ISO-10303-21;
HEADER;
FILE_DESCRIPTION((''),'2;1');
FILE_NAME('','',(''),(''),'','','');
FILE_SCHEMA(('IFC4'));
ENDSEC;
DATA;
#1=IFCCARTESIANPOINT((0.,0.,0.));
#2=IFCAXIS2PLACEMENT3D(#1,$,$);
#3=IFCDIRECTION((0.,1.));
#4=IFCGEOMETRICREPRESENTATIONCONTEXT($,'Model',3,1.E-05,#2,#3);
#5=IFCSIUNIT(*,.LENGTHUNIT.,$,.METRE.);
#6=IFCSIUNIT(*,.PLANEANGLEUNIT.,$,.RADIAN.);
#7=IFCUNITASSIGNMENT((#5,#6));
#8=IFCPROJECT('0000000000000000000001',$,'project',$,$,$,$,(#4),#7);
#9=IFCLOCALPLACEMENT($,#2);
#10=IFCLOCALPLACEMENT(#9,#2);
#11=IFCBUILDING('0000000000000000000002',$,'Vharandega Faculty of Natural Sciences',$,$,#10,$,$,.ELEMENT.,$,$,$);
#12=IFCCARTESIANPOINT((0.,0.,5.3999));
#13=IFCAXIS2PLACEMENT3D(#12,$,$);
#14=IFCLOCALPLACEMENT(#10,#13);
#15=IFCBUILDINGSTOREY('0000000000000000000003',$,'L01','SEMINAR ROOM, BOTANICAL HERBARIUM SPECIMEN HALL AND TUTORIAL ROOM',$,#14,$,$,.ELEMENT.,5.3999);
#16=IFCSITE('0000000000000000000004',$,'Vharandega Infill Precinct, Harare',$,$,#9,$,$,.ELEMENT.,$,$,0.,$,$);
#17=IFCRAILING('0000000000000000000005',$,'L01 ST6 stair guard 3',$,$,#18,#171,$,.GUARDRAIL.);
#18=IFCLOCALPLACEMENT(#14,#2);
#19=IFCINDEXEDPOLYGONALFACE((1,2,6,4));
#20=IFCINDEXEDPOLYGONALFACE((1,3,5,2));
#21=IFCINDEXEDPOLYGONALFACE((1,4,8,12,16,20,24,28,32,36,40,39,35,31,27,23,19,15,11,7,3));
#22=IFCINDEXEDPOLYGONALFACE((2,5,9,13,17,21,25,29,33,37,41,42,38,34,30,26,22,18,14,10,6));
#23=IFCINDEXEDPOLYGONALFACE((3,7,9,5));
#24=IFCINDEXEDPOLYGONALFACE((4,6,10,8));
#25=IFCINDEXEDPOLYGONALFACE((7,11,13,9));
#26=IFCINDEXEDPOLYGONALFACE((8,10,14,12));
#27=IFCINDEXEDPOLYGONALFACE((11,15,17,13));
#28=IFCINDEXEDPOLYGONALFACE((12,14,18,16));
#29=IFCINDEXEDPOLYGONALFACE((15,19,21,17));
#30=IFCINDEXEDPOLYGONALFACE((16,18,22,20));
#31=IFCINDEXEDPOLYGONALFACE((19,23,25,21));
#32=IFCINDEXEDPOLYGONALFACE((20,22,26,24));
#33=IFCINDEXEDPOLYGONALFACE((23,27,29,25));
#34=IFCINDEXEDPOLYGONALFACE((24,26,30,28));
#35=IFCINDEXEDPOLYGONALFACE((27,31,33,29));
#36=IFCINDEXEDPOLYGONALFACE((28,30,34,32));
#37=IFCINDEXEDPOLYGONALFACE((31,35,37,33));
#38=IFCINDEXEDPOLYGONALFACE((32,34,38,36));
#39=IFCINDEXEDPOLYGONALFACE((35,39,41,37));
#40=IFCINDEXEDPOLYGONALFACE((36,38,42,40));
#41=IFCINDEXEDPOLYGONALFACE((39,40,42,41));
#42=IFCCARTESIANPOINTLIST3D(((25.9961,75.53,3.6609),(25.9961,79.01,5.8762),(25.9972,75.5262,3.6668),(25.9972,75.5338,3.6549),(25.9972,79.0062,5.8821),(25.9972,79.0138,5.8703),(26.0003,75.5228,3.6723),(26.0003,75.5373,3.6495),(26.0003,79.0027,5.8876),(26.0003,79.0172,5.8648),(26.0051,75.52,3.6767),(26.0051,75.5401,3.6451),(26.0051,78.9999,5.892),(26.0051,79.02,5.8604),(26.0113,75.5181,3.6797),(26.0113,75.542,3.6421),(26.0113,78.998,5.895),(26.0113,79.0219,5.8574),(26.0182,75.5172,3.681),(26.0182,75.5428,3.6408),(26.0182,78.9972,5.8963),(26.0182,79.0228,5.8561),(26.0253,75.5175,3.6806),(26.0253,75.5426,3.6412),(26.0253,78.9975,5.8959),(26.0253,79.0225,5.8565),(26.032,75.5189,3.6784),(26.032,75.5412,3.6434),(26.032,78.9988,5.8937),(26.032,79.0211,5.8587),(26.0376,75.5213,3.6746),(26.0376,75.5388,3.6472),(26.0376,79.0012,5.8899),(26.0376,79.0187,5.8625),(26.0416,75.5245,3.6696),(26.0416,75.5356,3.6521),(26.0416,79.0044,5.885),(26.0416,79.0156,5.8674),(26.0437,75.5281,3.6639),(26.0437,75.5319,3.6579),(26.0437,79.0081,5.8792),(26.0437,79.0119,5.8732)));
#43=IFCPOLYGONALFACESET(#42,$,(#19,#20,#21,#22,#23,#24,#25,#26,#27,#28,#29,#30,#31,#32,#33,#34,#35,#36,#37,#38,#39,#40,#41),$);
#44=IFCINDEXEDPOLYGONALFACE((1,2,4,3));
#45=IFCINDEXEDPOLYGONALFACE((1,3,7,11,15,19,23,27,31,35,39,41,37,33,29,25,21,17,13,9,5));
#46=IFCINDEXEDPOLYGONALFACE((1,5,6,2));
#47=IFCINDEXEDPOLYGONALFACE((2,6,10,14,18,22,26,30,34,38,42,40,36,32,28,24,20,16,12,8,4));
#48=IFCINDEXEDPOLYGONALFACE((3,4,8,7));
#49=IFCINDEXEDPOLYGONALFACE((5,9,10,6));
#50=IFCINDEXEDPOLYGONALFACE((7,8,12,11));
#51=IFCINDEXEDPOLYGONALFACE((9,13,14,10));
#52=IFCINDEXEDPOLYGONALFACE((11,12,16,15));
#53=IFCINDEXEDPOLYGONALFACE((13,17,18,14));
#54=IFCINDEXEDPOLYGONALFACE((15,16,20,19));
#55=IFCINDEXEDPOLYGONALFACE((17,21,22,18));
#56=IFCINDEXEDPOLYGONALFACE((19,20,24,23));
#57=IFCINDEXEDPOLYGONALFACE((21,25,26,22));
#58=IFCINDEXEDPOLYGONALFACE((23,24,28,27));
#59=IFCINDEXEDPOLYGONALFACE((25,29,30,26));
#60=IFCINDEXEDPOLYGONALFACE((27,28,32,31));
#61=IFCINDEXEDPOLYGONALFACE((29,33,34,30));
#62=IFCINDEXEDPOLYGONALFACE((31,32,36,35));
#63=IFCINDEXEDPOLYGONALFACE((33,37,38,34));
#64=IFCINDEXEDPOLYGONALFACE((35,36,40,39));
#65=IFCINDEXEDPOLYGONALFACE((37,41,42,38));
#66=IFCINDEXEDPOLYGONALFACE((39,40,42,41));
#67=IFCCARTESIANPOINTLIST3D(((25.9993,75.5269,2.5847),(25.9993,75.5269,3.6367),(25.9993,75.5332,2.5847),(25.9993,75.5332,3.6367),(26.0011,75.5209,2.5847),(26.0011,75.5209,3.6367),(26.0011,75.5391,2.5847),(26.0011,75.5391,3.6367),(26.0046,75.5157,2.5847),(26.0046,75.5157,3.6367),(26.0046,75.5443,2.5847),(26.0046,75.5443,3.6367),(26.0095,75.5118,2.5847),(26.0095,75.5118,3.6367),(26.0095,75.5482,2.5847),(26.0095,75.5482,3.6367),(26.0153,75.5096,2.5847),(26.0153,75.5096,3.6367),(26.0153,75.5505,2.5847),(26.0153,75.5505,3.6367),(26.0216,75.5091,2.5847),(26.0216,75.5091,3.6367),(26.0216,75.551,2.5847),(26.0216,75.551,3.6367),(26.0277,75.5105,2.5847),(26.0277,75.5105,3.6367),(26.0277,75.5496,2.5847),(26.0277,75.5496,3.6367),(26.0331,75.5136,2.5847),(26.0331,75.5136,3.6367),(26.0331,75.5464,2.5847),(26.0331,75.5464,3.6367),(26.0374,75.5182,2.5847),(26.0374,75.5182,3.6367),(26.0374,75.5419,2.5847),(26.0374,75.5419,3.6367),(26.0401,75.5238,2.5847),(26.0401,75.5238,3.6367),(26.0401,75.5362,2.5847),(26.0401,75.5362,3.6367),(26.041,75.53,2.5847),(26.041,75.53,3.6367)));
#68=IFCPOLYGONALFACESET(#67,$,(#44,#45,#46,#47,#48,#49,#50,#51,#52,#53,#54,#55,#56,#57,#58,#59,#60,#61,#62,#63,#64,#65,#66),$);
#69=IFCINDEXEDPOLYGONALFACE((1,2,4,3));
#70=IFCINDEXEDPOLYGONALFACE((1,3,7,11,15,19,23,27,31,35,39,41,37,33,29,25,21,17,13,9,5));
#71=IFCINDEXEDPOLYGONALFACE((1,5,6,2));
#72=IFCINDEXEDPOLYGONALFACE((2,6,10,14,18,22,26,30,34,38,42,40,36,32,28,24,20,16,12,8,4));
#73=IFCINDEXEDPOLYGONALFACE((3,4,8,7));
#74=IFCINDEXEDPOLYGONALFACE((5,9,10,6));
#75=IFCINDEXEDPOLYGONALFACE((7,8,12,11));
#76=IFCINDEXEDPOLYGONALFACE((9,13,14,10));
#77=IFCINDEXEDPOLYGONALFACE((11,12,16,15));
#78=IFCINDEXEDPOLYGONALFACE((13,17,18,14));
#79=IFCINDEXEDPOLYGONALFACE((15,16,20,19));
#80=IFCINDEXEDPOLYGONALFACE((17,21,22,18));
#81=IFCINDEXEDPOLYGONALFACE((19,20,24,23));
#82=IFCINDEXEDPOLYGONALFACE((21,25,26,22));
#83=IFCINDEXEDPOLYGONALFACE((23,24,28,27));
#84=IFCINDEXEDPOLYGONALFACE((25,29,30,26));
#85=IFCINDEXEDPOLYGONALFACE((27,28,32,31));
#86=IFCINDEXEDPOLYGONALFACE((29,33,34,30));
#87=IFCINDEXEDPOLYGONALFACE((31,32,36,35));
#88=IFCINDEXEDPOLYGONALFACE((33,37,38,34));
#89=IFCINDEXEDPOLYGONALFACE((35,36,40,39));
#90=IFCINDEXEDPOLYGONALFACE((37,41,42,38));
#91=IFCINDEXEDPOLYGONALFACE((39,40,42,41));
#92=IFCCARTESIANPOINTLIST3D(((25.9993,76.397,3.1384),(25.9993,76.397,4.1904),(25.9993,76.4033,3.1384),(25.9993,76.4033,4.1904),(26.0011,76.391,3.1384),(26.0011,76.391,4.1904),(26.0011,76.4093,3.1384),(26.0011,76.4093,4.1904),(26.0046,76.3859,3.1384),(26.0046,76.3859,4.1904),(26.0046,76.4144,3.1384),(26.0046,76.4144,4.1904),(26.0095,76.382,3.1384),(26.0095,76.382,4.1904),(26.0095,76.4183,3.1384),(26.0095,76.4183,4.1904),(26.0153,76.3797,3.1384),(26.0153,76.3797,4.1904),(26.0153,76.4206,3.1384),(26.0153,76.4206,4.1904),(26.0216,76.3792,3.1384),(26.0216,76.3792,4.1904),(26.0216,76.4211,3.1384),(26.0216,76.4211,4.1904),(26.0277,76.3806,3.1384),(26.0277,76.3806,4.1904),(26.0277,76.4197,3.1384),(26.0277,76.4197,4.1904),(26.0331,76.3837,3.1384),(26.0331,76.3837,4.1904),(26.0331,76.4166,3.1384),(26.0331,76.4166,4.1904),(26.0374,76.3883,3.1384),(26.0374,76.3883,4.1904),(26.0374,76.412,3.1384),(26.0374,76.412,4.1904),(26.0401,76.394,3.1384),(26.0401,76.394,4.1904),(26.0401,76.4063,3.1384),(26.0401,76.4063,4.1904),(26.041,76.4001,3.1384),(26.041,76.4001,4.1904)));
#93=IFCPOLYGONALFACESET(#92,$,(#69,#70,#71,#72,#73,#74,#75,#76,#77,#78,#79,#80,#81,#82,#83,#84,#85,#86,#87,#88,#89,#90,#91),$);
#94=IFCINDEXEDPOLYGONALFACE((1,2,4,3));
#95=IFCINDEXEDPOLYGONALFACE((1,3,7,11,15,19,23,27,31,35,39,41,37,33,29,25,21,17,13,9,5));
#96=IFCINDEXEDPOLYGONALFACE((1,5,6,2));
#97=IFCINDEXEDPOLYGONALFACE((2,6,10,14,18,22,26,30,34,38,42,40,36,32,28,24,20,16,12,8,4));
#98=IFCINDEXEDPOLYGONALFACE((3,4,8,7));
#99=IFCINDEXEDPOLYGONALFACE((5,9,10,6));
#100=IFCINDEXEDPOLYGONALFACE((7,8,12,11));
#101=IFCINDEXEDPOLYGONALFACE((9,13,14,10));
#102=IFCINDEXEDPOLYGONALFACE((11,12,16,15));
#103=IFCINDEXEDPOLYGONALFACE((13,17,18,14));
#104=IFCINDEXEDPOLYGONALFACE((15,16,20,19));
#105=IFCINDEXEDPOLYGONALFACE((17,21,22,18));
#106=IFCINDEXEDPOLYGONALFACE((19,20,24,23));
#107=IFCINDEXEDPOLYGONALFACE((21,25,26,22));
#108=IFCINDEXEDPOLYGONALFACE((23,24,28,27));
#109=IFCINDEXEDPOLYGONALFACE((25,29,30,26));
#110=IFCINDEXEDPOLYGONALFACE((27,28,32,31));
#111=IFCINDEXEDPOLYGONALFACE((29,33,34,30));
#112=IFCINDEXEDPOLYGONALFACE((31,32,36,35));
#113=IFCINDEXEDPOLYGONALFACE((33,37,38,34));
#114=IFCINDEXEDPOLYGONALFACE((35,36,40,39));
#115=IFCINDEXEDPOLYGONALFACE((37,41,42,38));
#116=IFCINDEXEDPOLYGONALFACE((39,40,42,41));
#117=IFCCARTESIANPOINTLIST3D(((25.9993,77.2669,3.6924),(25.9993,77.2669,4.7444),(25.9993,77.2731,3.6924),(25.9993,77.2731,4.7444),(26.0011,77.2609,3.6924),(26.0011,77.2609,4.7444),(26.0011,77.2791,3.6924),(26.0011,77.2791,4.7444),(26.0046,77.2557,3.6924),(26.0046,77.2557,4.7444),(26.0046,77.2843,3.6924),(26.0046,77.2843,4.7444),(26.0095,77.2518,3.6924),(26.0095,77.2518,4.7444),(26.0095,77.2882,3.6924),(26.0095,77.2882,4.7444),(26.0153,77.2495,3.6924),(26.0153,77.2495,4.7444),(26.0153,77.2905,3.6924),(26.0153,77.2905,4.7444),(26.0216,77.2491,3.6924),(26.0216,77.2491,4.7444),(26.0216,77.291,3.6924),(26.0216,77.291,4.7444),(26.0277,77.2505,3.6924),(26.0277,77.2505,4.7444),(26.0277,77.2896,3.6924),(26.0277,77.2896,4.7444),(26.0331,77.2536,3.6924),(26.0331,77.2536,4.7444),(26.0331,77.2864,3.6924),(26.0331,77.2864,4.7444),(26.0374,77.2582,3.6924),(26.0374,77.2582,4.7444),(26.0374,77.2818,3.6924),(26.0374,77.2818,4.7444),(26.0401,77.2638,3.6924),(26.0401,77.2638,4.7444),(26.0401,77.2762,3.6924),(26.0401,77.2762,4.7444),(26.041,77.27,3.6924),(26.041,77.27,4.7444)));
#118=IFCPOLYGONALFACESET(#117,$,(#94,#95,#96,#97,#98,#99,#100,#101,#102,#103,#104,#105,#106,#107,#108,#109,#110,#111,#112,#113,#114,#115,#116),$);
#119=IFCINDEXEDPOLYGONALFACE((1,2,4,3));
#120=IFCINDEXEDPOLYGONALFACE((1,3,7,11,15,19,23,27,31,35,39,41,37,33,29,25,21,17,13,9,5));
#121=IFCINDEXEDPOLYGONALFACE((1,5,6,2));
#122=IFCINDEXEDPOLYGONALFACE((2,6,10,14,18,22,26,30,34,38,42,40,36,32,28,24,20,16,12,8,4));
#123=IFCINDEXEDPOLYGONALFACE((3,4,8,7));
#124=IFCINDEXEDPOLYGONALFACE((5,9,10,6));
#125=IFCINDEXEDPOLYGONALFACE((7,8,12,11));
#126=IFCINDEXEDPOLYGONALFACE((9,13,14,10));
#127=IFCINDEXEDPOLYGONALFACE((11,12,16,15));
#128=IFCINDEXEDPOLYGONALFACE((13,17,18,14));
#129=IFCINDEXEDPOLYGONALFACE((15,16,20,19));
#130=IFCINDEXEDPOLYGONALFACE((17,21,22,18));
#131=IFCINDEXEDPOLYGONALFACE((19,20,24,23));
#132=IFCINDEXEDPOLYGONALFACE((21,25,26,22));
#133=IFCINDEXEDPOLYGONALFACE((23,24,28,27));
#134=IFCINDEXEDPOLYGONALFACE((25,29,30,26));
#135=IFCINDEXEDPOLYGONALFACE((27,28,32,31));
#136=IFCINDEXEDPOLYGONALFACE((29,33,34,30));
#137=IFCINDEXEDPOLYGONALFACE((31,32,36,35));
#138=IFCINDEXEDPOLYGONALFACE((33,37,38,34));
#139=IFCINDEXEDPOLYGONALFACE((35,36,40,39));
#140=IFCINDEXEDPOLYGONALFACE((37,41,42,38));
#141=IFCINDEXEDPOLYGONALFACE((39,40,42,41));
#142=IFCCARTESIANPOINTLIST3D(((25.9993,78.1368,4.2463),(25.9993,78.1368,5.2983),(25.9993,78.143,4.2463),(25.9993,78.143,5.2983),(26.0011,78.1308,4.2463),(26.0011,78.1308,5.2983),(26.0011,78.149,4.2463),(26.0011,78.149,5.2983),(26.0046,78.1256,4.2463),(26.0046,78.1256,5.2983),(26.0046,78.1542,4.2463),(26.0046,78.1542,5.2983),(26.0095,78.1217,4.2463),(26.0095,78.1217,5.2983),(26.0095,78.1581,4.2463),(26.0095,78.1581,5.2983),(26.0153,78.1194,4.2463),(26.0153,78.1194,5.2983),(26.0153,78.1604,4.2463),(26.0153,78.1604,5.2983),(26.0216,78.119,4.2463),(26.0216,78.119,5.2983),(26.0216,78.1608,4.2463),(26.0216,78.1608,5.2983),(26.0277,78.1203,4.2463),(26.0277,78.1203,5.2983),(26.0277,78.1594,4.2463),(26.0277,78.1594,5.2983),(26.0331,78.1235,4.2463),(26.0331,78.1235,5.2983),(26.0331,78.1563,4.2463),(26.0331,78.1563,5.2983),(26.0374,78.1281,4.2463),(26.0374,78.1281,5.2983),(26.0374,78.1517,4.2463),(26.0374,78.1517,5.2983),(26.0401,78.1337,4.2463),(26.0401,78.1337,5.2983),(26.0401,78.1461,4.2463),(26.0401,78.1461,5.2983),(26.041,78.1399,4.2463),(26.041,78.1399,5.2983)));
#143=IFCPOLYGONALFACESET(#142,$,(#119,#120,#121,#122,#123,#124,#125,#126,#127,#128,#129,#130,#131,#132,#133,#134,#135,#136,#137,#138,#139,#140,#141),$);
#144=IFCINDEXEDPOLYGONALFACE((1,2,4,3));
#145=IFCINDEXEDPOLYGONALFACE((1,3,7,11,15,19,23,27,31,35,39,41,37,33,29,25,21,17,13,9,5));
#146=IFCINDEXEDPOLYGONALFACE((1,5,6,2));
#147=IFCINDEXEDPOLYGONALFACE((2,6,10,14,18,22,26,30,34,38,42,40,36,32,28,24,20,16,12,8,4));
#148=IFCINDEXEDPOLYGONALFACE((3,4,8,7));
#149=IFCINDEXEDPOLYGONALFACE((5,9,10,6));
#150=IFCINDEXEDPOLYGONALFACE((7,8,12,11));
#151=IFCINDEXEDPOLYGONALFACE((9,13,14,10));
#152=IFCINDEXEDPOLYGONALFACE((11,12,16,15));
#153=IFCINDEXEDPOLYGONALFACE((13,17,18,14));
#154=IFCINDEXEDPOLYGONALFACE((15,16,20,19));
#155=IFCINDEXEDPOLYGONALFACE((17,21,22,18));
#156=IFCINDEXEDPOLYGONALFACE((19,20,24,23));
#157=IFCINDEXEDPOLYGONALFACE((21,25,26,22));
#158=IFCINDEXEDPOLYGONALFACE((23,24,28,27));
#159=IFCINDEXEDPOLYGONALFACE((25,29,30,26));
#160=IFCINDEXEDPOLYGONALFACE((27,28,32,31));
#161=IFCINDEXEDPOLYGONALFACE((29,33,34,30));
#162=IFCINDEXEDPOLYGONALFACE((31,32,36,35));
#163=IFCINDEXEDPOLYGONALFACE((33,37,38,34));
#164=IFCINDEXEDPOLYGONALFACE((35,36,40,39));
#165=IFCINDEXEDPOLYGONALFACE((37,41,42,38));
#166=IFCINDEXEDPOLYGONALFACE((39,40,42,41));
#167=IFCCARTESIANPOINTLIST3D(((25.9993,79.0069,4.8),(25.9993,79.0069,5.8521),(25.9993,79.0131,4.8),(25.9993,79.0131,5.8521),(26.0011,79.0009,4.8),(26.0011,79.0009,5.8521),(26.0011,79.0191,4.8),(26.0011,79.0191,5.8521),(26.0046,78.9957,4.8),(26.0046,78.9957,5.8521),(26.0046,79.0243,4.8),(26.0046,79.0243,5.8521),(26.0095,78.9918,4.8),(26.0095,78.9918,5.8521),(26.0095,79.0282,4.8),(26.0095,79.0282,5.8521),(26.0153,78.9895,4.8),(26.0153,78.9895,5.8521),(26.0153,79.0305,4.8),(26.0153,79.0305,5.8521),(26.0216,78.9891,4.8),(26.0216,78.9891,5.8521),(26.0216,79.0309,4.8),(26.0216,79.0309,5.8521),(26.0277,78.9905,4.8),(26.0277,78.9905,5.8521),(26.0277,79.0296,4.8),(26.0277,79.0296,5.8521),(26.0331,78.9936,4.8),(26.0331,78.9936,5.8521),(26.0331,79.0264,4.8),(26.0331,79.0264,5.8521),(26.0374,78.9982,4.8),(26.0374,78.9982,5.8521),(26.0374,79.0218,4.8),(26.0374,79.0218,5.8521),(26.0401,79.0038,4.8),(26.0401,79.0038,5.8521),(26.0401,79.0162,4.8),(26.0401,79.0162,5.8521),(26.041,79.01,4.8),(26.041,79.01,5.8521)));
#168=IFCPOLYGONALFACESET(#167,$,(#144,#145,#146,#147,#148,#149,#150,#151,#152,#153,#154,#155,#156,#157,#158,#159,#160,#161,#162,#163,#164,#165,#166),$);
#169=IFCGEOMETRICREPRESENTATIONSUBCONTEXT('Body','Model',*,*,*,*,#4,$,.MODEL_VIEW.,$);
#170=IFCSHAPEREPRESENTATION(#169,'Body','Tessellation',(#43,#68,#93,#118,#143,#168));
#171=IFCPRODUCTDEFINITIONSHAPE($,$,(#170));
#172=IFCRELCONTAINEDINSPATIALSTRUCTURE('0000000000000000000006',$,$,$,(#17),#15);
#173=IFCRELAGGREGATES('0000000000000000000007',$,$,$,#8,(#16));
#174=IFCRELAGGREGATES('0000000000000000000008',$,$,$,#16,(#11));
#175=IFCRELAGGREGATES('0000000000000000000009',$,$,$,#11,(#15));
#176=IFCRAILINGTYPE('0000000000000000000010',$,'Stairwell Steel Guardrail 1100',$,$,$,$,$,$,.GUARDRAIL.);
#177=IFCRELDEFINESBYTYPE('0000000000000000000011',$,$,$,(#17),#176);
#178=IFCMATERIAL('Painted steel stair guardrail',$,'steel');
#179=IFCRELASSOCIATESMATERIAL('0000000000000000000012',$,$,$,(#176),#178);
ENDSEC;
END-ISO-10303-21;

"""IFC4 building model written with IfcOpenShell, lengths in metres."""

from ifc_helpers import new_model, si_unit, direction, frame, origin, origin_2d, place, context, subcontext, project, spatial, circle, extrude, material, type_object, element, save


model = new_model("IFC4")

# Units and contexts
model_context = context("Model", 3, precision=1e-05, world=origin(), true_north=direction((0.0, 1.0)))
body_context = subcontext(model_context, "Body", "Model", "MODEL_VIEW")
ifc_project = project(units=[si_unit("LENGTHUNIT", "METRE"), si_unit("PLANEANGLEUNIT", "RADIAN")], contexts=[model_context])

# Site, building, storey
site_placement = place(None, origin())
site = spatial("IfcSite", under=ifc_project, at=site_placement, Name="Vharandega Infill Precinct, Harare", CompositionType="ELEMENT", RefElevation=0.0)
building_placement = place(site_placement, origin())
building = spatial("IfcBuilding", under=site, at=building_placement, Name="Vharandega Faculty of Natural Sciences", CompositionType="ELEMENT")
storey_placement = place(building_placement, frame((0.0, 0.0, 5.3999)))
storey = spatial("IfcBuildingStorey", under=building, at=storey_placement, Name="L01", Description="SEMINAR ROOM, BOTANICAL HERBARIUM SPECIMEN HALL AND TUTORIAL ROOM", CompositionType="ELEMENT", Elevation=5.3999)

# Railing
ifc_material_1 = material(Name="Painted steel stair guardrail", Category="steel")
railing_type_1 = type_object("IfcRailingType", Name="Stairwell Steel Guardrail 1100", PredefinedType="GUARDRAIL", material=ifc_material_1)
railing_1_placement = place(storey_placement, frame((26.02, 75.53, 2.5847)))
element("IfcRailing", 1, at=railing_1_placement, inside=storey, type_object=railing_type_1, Name="L01 ST6 stair guard 3", PredefinedType="GUARDRAIL", context=body_context, shape_type="SweptSolid", body=[
    extrude(circle(Radius=0.0239, at=origin_2d()), frame((0.0, 0.0, 1.0762), z_axis=(0.0, 0.843574, 0.537013), x_axis=(-1.0, 0.0, 0.0)), (0.0, 0.0, 1.0), 4.1252),
    extrude(circle(Radius=0.021, at=origin_2d()), origin(), (0.0, 0.0, 1.0), 1.052),
    extrude(circle(Radius=0.021, at=origin_2d()), frame((0.0, 0.8701, 0.5537)), (0.0, 0.0, 1.0), 1.052),
    extrude(circle(Radius=0.021, at=origin_2d()), frame((0.0, 1.74, 1.1077)), (0.0, 0.0, 1.0), 1.052),
    extrude(circle(Radius=0.021, at=origin_2d()), frame((0.0, 2.6099, 1.6616)), (0.0, 0.0, 1.0), 1.052),
    extrude(circle(Radius=0.021, at=origin_2d()), frame((0.0, 3.48, 2.2153)), (0.0, 0.0, 1.0), 1.052),
])

save(model, "model.ifc")
